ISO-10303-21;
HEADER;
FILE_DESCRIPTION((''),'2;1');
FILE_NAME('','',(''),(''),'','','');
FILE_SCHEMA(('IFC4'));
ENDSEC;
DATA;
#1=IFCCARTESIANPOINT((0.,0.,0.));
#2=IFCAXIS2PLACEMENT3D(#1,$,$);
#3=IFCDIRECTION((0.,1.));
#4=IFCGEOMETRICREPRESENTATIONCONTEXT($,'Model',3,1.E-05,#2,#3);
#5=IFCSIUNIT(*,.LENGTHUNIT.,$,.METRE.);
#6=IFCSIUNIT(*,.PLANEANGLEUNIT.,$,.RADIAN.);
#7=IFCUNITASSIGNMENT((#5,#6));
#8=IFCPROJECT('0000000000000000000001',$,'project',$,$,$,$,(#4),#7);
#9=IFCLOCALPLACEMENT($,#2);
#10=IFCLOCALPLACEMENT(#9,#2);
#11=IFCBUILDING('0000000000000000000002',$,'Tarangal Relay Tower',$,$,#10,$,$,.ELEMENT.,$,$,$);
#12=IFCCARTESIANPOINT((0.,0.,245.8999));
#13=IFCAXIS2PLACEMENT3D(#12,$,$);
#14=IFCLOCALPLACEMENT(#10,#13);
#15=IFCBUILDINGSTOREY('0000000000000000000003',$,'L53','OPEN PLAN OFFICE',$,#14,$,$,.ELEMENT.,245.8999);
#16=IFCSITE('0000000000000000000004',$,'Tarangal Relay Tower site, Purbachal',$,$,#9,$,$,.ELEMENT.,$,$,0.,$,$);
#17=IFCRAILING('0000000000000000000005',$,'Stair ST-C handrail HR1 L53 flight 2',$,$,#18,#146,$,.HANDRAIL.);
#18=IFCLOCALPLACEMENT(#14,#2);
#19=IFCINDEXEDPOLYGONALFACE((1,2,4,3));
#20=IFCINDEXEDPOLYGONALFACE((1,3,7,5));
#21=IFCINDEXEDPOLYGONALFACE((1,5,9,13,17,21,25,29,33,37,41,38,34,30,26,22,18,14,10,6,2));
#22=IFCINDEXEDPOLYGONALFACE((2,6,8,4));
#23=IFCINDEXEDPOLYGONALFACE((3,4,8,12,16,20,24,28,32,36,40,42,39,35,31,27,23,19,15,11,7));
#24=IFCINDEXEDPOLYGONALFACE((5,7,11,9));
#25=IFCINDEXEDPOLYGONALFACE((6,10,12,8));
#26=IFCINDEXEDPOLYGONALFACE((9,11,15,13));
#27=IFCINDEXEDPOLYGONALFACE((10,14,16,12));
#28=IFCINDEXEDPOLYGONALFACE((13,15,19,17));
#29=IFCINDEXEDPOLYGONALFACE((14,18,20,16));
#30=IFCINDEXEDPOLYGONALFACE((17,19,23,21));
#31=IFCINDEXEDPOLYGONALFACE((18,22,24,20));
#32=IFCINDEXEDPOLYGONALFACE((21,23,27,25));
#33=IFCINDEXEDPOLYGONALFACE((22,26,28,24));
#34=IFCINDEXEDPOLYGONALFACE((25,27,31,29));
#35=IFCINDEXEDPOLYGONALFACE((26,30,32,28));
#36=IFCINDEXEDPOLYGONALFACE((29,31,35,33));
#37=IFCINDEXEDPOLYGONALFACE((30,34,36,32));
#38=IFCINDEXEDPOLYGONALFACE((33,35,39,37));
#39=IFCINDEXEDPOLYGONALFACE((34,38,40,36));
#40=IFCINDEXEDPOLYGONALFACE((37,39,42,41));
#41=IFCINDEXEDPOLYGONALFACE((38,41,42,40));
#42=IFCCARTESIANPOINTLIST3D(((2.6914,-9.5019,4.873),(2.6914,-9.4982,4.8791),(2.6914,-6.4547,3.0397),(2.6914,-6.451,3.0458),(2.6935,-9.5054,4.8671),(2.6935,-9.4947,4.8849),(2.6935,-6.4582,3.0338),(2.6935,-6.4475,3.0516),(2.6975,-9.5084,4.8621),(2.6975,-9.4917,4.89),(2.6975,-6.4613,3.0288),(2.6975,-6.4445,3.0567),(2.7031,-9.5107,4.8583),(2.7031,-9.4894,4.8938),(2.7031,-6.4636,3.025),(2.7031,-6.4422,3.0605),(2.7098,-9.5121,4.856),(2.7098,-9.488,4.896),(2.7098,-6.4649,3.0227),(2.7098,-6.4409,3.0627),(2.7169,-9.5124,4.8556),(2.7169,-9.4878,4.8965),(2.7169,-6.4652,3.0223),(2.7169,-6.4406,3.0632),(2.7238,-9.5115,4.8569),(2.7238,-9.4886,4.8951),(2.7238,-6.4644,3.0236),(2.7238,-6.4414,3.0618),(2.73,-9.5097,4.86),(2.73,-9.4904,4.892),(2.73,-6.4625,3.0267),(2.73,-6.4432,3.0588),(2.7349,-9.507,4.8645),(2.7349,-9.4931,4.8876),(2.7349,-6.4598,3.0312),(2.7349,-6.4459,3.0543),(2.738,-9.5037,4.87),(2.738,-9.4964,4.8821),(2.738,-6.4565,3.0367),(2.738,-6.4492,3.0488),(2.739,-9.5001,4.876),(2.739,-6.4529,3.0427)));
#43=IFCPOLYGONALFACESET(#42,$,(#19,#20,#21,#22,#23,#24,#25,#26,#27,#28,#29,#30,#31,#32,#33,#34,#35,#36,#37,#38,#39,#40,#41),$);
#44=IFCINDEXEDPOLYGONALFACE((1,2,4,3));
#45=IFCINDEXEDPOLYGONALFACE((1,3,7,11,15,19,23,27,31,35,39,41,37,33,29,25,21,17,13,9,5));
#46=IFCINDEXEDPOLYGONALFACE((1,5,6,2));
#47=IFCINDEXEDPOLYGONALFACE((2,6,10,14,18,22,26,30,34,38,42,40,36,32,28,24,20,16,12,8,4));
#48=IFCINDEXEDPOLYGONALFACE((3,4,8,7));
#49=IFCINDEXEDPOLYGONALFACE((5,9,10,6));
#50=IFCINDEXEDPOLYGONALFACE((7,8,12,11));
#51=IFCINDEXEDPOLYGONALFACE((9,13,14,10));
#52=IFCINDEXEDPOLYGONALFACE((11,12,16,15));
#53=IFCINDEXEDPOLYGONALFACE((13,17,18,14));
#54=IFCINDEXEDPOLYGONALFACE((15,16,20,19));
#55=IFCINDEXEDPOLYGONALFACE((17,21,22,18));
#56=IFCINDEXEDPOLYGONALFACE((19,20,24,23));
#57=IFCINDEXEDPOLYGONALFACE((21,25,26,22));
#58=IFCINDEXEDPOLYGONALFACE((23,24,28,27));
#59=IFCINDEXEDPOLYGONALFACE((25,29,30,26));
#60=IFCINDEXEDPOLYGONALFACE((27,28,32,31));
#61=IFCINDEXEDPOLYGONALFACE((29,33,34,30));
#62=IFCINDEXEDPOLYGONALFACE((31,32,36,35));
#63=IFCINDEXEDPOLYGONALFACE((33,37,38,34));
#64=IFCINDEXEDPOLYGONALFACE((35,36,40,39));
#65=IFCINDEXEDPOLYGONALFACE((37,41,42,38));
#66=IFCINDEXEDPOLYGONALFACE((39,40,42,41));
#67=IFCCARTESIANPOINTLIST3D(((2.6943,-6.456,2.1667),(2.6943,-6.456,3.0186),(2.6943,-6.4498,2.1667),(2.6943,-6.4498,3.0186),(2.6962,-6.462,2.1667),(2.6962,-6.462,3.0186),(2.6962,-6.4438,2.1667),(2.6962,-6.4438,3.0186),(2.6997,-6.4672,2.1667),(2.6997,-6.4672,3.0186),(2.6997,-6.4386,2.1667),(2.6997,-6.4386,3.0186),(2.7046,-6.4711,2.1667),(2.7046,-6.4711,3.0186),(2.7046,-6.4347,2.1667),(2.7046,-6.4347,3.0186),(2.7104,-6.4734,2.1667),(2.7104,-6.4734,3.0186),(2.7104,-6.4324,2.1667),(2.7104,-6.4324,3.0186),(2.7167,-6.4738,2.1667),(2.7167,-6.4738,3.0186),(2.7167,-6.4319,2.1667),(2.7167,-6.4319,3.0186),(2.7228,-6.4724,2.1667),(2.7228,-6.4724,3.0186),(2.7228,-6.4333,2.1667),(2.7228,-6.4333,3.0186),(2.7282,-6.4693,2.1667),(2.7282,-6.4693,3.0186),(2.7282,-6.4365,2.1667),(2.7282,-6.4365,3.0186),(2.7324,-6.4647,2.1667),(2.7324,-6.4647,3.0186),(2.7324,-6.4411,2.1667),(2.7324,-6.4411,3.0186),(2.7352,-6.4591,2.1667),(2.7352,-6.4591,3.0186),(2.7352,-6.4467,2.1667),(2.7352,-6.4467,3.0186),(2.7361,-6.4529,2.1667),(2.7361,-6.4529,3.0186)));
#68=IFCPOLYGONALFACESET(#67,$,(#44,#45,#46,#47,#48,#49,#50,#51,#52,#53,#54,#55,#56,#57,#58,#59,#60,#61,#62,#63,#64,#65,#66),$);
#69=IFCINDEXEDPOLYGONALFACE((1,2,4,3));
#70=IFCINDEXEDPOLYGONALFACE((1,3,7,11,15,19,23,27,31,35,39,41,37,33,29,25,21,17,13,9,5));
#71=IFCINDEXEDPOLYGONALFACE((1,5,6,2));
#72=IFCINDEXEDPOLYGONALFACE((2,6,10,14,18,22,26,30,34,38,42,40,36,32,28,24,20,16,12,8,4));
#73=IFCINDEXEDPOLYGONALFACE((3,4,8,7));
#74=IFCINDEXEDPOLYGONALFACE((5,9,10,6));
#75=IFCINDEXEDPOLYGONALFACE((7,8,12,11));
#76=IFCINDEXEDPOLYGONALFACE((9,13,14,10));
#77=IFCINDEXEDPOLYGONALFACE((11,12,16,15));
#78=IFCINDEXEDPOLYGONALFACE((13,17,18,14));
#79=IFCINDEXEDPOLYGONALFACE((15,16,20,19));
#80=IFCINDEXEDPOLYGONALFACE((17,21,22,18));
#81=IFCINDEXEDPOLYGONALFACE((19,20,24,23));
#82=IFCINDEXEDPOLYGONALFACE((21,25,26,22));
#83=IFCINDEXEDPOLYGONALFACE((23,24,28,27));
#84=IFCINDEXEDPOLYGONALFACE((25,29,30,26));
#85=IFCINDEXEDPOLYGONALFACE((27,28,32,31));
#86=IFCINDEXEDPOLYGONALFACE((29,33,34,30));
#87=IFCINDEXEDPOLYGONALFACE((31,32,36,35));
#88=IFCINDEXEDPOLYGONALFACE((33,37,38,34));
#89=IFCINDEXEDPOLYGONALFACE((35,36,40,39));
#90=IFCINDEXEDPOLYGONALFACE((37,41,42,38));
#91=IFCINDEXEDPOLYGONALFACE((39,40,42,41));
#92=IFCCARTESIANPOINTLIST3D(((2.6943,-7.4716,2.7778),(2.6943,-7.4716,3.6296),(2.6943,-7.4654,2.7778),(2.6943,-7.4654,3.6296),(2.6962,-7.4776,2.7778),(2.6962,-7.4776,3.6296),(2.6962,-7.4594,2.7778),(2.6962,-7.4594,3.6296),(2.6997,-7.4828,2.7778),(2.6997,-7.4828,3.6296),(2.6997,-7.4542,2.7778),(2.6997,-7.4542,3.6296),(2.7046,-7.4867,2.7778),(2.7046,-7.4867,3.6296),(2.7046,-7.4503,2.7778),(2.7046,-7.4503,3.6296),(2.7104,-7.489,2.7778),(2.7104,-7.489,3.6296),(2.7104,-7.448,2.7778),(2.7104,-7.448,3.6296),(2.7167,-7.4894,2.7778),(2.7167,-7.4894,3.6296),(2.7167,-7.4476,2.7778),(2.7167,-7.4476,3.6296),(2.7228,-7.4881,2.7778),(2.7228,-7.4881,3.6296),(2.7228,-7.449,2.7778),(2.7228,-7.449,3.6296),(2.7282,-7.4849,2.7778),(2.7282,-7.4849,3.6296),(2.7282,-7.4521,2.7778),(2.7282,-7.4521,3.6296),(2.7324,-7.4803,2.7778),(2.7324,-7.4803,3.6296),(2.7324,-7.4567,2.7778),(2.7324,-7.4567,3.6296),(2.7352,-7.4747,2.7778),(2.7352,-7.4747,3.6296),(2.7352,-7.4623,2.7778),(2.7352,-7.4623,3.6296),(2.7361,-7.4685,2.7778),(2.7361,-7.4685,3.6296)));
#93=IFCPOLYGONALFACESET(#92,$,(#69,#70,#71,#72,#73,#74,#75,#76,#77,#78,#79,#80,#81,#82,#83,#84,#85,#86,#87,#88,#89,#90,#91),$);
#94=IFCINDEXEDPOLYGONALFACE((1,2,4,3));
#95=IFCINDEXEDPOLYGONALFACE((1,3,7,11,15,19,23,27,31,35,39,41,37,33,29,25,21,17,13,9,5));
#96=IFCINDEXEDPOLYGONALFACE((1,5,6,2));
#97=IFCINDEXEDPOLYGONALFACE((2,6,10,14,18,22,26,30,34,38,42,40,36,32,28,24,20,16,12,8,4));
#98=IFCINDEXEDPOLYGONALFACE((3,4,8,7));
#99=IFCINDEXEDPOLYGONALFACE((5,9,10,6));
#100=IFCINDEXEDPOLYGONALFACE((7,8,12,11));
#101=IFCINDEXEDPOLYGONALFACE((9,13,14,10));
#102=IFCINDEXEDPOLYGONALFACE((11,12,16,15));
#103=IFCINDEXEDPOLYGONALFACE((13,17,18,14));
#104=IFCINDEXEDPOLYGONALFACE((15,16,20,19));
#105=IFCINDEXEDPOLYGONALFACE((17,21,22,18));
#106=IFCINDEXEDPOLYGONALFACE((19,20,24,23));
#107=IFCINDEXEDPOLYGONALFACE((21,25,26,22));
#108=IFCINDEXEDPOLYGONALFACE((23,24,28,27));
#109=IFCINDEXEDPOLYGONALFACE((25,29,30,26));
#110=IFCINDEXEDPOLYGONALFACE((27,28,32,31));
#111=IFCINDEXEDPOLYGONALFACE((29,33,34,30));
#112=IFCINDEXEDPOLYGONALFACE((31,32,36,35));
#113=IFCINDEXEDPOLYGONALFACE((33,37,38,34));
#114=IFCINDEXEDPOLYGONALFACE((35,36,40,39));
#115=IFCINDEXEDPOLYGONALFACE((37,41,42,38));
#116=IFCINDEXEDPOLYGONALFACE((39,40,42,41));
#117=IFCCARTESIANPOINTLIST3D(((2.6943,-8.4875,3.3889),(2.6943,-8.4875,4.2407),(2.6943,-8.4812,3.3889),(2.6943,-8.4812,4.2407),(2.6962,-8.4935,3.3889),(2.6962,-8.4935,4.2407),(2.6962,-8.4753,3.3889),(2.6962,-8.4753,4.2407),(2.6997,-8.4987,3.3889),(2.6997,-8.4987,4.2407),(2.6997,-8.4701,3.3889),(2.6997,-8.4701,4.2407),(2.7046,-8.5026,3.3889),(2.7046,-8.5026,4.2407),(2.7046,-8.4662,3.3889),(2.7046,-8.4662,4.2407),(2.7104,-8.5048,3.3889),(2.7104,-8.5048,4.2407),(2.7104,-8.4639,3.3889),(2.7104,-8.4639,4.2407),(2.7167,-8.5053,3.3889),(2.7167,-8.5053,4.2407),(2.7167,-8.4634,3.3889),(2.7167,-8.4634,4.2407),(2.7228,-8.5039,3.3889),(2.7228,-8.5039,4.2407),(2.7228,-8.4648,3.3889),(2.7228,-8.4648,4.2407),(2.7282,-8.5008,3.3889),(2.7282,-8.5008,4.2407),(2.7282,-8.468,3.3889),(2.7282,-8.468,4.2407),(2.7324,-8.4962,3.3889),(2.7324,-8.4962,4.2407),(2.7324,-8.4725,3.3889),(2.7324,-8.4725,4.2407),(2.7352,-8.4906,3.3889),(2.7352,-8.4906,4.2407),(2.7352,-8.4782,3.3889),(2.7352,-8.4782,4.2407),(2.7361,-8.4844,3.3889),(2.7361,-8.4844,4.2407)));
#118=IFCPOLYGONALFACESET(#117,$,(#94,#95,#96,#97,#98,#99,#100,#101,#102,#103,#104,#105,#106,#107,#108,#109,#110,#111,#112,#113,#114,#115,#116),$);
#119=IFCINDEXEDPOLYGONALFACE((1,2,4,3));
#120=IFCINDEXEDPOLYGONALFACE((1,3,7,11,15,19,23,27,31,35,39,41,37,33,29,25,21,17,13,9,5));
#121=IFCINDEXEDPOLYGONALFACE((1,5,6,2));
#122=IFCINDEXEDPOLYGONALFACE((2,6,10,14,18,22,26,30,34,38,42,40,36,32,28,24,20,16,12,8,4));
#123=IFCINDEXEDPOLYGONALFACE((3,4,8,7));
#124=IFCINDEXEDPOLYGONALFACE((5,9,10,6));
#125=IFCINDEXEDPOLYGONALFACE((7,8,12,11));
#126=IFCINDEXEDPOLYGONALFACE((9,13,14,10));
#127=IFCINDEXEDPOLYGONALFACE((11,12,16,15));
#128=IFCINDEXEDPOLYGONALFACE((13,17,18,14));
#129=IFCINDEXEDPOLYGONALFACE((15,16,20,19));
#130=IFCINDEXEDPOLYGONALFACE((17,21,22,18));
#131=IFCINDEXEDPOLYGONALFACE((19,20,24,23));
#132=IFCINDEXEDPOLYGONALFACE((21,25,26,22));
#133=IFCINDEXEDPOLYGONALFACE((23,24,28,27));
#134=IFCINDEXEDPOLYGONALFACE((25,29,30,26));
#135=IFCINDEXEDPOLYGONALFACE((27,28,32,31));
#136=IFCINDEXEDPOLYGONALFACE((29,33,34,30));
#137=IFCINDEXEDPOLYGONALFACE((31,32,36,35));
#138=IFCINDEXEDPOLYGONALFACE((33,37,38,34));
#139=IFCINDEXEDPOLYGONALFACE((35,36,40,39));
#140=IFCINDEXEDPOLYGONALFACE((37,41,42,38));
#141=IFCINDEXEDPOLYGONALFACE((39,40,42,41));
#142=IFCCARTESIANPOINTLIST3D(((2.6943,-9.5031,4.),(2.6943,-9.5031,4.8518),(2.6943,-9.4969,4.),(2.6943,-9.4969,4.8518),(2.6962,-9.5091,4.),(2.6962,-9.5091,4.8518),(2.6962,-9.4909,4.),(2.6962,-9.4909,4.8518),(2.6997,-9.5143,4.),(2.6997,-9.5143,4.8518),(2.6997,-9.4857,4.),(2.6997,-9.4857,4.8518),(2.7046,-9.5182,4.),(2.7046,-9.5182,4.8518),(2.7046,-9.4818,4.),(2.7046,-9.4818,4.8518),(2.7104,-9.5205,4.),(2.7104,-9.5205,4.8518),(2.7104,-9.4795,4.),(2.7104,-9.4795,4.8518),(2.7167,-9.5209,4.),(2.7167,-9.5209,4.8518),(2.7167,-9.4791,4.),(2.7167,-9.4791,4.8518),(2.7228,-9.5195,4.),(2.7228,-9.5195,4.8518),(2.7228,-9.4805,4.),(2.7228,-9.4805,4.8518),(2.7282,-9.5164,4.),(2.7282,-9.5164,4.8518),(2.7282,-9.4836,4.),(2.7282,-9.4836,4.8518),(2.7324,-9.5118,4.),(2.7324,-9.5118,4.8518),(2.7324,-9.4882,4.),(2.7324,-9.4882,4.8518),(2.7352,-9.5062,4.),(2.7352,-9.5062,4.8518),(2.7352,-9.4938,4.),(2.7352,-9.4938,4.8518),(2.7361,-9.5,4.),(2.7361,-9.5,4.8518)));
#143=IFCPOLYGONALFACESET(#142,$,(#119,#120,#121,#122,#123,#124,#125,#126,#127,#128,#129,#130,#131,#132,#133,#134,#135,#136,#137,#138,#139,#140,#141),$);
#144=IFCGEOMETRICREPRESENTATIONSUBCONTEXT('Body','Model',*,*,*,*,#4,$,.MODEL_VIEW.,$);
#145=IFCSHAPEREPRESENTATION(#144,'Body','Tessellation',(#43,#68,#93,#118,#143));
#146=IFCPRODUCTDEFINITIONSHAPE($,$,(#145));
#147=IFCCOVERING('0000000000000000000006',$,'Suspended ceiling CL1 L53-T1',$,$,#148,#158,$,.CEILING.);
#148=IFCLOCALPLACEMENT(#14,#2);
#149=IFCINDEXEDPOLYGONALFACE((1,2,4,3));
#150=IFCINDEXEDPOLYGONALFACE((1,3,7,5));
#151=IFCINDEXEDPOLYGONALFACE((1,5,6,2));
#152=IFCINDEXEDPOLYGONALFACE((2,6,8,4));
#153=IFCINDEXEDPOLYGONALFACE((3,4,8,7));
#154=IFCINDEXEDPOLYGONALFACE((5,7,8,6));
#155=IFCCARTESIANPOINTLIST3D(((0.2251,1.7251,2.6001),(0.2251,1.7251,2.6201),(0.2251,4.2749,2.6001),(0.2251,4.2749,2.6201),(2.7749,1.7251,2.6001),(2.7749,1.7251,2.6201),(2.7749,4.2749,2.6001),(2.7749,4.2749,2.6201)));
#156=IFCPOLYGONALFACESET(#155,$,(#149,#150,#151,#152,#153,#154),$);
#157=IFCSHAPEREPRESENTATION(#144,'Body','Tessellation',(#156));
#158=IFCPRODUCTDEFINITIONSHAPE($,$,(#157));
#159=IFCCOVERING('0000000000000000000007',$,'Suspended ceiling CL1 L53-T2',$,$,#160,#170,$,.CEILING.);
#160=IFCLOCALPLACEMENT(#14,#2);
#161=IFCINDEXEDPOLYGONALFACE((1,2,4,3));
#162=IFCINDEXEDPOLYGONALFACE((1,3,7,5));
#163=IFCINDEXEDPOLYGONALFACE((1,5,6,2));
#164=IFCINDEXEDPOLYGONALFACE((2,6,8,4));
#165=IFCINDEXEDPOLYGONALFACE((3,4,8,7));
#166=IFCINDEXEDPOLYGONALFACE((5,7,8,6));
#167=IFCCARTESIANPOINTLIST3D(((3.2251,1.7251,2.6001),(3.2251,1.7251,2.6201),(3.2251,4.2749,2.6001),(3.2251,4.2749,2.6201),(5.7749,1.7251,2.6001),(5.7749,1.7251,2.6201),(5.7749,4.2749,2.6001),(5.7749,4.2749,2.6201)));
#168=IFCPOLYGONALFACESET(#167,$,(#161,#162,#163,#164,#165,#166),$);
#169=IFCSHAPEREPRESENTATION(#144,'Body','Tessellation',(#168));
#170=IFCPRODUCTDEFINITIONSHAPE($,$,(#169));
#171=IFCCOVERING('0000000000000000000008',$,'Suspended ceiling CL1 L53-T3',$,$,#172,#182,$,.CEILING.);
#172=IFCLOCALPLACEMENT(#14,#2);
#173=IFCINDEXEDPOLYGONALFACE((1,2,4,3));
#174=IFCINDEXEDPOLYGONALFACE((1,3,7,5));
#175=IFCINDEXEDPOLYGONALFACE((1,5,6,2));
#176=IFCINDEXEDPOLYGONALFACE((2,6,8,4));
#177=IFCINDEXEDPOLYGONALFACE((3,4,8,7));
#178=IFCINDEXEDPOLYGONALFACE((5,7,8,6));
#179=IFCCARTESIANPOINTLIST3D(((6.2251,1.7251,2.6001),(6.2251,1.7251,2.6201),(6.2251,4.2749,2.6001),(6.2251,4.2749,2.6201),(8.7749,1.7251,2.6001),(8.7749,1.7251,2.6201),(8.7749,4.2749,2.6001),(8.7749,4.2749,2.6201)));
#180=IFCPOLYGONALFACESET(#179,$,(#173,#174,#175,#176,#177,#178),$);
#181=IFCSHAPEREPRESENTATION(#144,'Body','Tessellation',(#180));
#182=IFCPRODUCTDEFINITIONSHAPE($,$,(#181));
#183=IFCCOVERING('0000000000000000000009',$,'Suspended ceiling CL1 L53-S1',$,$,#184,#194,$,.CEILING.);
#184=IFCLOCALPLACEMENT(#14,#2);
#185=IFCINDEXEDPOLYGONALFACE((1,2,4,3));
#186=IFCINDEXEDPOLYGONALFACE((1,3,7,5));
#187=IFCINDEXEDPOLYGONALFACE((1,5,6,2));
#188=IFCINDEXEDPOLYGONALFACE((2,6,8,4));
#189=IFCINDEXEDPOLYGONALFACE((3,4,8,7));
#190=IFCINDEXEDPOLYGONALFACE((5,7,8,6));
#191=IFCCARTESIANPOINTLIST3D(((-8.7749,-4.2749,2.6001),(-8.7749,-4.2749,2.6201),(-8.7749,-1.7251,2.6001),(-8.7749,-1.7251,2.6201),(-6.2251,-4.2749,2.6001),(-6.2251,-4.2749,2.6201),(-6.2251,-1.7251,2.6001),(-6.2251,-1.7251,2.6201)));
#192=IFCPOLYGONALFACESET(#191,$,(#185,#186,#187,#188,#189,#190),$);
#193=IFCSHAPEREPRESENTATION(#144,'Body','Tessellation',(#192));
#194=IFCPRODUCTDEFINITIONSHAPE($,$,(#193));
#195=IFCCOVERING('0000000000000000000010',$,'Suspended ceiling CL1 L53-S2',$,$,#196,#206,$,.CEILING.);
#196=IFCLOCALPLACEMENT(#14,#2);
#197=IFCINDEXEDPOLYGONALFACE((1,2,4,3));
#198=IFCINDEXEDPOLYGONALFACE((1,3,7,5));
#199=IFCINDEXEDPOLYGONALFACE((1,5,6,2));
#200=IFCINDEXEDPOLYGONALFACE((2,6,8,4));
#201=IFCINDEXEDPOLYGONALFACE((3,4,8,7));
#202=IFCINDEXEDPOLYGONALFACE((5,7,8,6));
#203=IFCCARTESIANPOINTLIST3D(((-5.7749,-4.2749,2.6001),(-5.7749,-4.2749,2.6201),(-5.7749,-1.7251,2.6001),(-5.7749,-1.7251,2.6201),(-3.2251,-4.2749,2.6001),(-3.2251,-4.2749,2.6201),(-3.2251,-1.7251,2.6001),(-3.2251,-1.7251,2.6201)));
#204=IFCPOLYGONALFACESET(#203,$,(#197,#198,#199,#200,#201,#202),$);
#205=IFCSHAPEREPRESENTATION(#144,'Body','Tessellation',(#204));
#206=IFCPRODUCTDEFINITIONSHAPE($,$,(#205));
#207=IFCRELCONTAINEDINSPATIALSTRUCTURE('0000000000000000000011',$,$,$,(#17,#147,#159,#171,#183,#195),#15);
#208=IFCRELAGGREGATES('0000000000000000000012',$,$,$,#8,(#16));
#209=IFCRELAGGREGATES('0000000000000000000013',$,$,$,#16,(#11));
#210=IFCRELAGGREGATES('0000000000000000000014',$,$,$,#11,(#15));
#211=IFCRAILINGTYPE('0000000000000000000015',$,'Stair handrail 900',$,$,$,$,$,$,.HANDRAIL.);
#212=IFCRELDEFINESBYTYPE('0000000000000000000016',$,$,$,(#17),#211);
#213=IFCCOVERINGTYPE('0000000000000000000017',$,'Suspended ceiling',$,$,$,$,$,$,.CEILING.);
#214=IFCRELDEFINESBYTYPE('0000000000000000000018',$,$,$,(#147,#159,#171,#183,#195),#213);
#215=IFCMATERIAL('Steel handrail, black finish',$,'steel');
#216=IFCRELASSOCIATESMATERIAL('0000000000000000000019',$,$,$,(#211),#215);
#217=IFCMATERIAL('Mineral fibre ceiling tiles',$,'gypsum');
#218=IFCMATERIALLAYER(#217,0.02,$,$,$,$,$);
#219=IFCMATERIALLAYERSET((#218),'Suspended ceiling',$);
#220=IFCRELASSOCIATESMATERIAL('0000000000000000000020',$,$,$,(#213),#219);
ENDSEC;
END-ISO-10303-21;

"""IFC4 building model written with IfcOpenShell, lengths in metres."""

from ifc_helpers import new_model, si_unit, direction, frame, origin, origin_2d, place, context, subcontext, project, spatial, polyline, circle, outline, extrude, material, layer, layer_set, type_object, element, save


model = new_model("IFC4")

# Units and contexts
model_context = context("Model", 3, precision=1e-05, world=origin(), true_north=direction((0.0, 1.0)))
body_context = subcontext(model_context, "Body", "Model", "MODEL_VIEW")
ifc_project = project(units=[si_unit("LENGTHUNIT", "METRE"), si_unit("PLANEANGLEUNIT", "RADIAN")], contexts=[model_context])

# Site, building, storey
site_placement = place(None, origin())
site = spatial("IfcSite", under=ifc_project, at=site_placement, Name="Tarangal Relay Tower site, Purbachal", CompositionType="ELEMENT", RefElevation=0.0)
building_placement = place(site_placement, origin())
building = spatial("IfcBuilding", under=site, at=building_placement, Name="Tarangal Relay Tower", CompositionType="ELEMENT")
storey_placement = place(building_placement, frame((0.0, 0.0, 245.8999)))
storey = spatial("IfcBuildingStorey", under=building, at=storey_placement, Name="L53", Description="OPEN PLAN OFFICE", CompositionType="ELEMENT", Elevation=245.8999)

# Railing
ifc_material_1 = material(Name="Steel handrail, black finish", Category="steel")
railing_type_1 = type_object("IfcRailingType", Name="Stair handrail 900", PredefinedType="HANDRAIL", material=ifc_material_1)
railing_1_placement = place(storey_placement, frame((2.7151, -6.4529, 2.1667)))
element("IfcRailing", 1, at=railing_1_placement, inside=storey, type_object=railing_type_1, Name="Stair ST-C handrail HR1 L53 flight 2", PredefinedType="HANDRAIL", context=body_context, shape_type="SweptSolid", body=[
    extrude(circle(Radius=0.0239, at=origin_2d()), frame((0.0, 0.0, 0.876), z_axis=(0.0, -0.856874, 0.515525), x_axis=(1.0, 0.0, 0.0)), (0.0, 0.0, 1.0), 3.5562),
    extrude(circle(Radius=0.021, at=origin_2d()), origin(), (0.0, 0.0, 1.0), 0.8518),
    extrude(circle(Radius=0.021, at=origin_2d()), frame((0.0, -1.0156, 0.6111)), (0.0, 0.0, 1.0), 0.8518),
    extrude(circle(Radius=0.021, at=origin_2d()), frame((0.0, -2.0315, 1.2222)), (0.0, 0.0, 1.0), 0.8518),
    extrude(circle(Radius=0.021, at=origin_2d()), frame((0.0, -3.0471, 1.8333)), (0.0, 0.0, 1.0), 0.8518),
])

# Coverings
ifc_material_2 = material(Name="Mineral fibre ceiling tiles", Category="gypsum")
ifc_layer_1 = layer(ifc_material_2, 0.02)
ifc_layer_set_1 = layer_set([ifc_layer_1], Name="Suspended ceiling")
covering_type_1 = type_object("IfcCoveringType", Name="Suspended ceiling", PredefinedType="CEILING", material=ifc_layer_set_1)
covering_1_placement = place(storey_placement, frame((0.0, 0.0, 2.6001)))
element("IfcCovering", 2, at=covering_1_placement, inside=storey, type_object=covering_type_1, Name="Suspended ceiling CL1 L53-T1", PredefinedType="CEILING", context=body_context, shape_type="SweptSolid", body=[
    extrude(outline(polyline([(0.2251, 1.7251), (2.7749, 1.7251), (2.7749, 4.2749), (0.2251, 4.2749), (0.2251, 1.7251)])), origin(), (0.0, 0.0, 1.0), 0.02),
])
covering_2_placement = place(storey_placement, frame((0.0, 0.0, 2.6001)))
element("IfcCovering", 3, at=covering_2_placement, inside=storey, type_object=covering_type_1, Name="Suspended ceiling CL1 L53-T2", PredefinedType="CEILING", context=body_context, shape_type="SweptSolid", body=[
    extrude(outline(polyline([(3.2251, 1.7251), (5.7749, 1.7251), (5.7749, 4.2749), (3.2251, 4.2749), (3.2251, 1.7251)])), origin(), (0.0, 0.0, 1.0), 0.02),
])
covering_3_placement = place(storey_placement, frame((0.0, 0.0, 2.6001)))
element("IfcCovering", 4, at=covering_3_placement, inside=storey, type_object=covering_type_1, Name="Suspended ceiling CL1 L53-T3", PredefinedType="CEILING", context=body_context, shape_type="SweptSolid", body=[
    extrude(outline(polyline([(6.2251, 1.7251), (8.7749, 1.7251), (8.7749, 4.2749), (6.2251, 4.2749), (6.2251, 1.7251)])), origin(), (0.0, 0.0, 1.0), 0.02),
])
covering_4_placement = place(storey_placement, frame((0.0, 0.0, 2.6001)))
element("IfcCovering", 5, at=covering_4_placement, inside=storey, type_object=covering_type_1, Name="Suspended ceiling CL1 L53-S1", PredefinedType="CEILING", context=body_context, shape_type="SweptSolid", body=[
    extrude(outline(polyline([(-8.7749, -4.2749), (-6.2251, -4.2749), (-6.2251, -1.7251), (-8.7749, -1.7251), (-8.7749, -4.2749)])), origin(), (0.0, 0.0, 1.0), 0.02),
])
covering_5_placement = place(storey_placement, frame((0.0, 0.0, 2.6001)))
element("IfcCovering", 6, at=covering_5_placement, inside=storey, type_object=covering_type_1, Name="Suspended ceiling CL1 L53-S2", PredefinedType="CEILING", context=body_context, shape_type="SweptSolid", body=[
    extrude(outline(polyline([(-5.7749, -4.2749), (-3.2251, -4.2749), (-3.2251, -1.7251), (-5.7749, -1.7251), (-5.7749, -4.2749)])), origin(), (0.0, 0.0, 1.0), 0.02),
])

save(model, "model.ifc")
